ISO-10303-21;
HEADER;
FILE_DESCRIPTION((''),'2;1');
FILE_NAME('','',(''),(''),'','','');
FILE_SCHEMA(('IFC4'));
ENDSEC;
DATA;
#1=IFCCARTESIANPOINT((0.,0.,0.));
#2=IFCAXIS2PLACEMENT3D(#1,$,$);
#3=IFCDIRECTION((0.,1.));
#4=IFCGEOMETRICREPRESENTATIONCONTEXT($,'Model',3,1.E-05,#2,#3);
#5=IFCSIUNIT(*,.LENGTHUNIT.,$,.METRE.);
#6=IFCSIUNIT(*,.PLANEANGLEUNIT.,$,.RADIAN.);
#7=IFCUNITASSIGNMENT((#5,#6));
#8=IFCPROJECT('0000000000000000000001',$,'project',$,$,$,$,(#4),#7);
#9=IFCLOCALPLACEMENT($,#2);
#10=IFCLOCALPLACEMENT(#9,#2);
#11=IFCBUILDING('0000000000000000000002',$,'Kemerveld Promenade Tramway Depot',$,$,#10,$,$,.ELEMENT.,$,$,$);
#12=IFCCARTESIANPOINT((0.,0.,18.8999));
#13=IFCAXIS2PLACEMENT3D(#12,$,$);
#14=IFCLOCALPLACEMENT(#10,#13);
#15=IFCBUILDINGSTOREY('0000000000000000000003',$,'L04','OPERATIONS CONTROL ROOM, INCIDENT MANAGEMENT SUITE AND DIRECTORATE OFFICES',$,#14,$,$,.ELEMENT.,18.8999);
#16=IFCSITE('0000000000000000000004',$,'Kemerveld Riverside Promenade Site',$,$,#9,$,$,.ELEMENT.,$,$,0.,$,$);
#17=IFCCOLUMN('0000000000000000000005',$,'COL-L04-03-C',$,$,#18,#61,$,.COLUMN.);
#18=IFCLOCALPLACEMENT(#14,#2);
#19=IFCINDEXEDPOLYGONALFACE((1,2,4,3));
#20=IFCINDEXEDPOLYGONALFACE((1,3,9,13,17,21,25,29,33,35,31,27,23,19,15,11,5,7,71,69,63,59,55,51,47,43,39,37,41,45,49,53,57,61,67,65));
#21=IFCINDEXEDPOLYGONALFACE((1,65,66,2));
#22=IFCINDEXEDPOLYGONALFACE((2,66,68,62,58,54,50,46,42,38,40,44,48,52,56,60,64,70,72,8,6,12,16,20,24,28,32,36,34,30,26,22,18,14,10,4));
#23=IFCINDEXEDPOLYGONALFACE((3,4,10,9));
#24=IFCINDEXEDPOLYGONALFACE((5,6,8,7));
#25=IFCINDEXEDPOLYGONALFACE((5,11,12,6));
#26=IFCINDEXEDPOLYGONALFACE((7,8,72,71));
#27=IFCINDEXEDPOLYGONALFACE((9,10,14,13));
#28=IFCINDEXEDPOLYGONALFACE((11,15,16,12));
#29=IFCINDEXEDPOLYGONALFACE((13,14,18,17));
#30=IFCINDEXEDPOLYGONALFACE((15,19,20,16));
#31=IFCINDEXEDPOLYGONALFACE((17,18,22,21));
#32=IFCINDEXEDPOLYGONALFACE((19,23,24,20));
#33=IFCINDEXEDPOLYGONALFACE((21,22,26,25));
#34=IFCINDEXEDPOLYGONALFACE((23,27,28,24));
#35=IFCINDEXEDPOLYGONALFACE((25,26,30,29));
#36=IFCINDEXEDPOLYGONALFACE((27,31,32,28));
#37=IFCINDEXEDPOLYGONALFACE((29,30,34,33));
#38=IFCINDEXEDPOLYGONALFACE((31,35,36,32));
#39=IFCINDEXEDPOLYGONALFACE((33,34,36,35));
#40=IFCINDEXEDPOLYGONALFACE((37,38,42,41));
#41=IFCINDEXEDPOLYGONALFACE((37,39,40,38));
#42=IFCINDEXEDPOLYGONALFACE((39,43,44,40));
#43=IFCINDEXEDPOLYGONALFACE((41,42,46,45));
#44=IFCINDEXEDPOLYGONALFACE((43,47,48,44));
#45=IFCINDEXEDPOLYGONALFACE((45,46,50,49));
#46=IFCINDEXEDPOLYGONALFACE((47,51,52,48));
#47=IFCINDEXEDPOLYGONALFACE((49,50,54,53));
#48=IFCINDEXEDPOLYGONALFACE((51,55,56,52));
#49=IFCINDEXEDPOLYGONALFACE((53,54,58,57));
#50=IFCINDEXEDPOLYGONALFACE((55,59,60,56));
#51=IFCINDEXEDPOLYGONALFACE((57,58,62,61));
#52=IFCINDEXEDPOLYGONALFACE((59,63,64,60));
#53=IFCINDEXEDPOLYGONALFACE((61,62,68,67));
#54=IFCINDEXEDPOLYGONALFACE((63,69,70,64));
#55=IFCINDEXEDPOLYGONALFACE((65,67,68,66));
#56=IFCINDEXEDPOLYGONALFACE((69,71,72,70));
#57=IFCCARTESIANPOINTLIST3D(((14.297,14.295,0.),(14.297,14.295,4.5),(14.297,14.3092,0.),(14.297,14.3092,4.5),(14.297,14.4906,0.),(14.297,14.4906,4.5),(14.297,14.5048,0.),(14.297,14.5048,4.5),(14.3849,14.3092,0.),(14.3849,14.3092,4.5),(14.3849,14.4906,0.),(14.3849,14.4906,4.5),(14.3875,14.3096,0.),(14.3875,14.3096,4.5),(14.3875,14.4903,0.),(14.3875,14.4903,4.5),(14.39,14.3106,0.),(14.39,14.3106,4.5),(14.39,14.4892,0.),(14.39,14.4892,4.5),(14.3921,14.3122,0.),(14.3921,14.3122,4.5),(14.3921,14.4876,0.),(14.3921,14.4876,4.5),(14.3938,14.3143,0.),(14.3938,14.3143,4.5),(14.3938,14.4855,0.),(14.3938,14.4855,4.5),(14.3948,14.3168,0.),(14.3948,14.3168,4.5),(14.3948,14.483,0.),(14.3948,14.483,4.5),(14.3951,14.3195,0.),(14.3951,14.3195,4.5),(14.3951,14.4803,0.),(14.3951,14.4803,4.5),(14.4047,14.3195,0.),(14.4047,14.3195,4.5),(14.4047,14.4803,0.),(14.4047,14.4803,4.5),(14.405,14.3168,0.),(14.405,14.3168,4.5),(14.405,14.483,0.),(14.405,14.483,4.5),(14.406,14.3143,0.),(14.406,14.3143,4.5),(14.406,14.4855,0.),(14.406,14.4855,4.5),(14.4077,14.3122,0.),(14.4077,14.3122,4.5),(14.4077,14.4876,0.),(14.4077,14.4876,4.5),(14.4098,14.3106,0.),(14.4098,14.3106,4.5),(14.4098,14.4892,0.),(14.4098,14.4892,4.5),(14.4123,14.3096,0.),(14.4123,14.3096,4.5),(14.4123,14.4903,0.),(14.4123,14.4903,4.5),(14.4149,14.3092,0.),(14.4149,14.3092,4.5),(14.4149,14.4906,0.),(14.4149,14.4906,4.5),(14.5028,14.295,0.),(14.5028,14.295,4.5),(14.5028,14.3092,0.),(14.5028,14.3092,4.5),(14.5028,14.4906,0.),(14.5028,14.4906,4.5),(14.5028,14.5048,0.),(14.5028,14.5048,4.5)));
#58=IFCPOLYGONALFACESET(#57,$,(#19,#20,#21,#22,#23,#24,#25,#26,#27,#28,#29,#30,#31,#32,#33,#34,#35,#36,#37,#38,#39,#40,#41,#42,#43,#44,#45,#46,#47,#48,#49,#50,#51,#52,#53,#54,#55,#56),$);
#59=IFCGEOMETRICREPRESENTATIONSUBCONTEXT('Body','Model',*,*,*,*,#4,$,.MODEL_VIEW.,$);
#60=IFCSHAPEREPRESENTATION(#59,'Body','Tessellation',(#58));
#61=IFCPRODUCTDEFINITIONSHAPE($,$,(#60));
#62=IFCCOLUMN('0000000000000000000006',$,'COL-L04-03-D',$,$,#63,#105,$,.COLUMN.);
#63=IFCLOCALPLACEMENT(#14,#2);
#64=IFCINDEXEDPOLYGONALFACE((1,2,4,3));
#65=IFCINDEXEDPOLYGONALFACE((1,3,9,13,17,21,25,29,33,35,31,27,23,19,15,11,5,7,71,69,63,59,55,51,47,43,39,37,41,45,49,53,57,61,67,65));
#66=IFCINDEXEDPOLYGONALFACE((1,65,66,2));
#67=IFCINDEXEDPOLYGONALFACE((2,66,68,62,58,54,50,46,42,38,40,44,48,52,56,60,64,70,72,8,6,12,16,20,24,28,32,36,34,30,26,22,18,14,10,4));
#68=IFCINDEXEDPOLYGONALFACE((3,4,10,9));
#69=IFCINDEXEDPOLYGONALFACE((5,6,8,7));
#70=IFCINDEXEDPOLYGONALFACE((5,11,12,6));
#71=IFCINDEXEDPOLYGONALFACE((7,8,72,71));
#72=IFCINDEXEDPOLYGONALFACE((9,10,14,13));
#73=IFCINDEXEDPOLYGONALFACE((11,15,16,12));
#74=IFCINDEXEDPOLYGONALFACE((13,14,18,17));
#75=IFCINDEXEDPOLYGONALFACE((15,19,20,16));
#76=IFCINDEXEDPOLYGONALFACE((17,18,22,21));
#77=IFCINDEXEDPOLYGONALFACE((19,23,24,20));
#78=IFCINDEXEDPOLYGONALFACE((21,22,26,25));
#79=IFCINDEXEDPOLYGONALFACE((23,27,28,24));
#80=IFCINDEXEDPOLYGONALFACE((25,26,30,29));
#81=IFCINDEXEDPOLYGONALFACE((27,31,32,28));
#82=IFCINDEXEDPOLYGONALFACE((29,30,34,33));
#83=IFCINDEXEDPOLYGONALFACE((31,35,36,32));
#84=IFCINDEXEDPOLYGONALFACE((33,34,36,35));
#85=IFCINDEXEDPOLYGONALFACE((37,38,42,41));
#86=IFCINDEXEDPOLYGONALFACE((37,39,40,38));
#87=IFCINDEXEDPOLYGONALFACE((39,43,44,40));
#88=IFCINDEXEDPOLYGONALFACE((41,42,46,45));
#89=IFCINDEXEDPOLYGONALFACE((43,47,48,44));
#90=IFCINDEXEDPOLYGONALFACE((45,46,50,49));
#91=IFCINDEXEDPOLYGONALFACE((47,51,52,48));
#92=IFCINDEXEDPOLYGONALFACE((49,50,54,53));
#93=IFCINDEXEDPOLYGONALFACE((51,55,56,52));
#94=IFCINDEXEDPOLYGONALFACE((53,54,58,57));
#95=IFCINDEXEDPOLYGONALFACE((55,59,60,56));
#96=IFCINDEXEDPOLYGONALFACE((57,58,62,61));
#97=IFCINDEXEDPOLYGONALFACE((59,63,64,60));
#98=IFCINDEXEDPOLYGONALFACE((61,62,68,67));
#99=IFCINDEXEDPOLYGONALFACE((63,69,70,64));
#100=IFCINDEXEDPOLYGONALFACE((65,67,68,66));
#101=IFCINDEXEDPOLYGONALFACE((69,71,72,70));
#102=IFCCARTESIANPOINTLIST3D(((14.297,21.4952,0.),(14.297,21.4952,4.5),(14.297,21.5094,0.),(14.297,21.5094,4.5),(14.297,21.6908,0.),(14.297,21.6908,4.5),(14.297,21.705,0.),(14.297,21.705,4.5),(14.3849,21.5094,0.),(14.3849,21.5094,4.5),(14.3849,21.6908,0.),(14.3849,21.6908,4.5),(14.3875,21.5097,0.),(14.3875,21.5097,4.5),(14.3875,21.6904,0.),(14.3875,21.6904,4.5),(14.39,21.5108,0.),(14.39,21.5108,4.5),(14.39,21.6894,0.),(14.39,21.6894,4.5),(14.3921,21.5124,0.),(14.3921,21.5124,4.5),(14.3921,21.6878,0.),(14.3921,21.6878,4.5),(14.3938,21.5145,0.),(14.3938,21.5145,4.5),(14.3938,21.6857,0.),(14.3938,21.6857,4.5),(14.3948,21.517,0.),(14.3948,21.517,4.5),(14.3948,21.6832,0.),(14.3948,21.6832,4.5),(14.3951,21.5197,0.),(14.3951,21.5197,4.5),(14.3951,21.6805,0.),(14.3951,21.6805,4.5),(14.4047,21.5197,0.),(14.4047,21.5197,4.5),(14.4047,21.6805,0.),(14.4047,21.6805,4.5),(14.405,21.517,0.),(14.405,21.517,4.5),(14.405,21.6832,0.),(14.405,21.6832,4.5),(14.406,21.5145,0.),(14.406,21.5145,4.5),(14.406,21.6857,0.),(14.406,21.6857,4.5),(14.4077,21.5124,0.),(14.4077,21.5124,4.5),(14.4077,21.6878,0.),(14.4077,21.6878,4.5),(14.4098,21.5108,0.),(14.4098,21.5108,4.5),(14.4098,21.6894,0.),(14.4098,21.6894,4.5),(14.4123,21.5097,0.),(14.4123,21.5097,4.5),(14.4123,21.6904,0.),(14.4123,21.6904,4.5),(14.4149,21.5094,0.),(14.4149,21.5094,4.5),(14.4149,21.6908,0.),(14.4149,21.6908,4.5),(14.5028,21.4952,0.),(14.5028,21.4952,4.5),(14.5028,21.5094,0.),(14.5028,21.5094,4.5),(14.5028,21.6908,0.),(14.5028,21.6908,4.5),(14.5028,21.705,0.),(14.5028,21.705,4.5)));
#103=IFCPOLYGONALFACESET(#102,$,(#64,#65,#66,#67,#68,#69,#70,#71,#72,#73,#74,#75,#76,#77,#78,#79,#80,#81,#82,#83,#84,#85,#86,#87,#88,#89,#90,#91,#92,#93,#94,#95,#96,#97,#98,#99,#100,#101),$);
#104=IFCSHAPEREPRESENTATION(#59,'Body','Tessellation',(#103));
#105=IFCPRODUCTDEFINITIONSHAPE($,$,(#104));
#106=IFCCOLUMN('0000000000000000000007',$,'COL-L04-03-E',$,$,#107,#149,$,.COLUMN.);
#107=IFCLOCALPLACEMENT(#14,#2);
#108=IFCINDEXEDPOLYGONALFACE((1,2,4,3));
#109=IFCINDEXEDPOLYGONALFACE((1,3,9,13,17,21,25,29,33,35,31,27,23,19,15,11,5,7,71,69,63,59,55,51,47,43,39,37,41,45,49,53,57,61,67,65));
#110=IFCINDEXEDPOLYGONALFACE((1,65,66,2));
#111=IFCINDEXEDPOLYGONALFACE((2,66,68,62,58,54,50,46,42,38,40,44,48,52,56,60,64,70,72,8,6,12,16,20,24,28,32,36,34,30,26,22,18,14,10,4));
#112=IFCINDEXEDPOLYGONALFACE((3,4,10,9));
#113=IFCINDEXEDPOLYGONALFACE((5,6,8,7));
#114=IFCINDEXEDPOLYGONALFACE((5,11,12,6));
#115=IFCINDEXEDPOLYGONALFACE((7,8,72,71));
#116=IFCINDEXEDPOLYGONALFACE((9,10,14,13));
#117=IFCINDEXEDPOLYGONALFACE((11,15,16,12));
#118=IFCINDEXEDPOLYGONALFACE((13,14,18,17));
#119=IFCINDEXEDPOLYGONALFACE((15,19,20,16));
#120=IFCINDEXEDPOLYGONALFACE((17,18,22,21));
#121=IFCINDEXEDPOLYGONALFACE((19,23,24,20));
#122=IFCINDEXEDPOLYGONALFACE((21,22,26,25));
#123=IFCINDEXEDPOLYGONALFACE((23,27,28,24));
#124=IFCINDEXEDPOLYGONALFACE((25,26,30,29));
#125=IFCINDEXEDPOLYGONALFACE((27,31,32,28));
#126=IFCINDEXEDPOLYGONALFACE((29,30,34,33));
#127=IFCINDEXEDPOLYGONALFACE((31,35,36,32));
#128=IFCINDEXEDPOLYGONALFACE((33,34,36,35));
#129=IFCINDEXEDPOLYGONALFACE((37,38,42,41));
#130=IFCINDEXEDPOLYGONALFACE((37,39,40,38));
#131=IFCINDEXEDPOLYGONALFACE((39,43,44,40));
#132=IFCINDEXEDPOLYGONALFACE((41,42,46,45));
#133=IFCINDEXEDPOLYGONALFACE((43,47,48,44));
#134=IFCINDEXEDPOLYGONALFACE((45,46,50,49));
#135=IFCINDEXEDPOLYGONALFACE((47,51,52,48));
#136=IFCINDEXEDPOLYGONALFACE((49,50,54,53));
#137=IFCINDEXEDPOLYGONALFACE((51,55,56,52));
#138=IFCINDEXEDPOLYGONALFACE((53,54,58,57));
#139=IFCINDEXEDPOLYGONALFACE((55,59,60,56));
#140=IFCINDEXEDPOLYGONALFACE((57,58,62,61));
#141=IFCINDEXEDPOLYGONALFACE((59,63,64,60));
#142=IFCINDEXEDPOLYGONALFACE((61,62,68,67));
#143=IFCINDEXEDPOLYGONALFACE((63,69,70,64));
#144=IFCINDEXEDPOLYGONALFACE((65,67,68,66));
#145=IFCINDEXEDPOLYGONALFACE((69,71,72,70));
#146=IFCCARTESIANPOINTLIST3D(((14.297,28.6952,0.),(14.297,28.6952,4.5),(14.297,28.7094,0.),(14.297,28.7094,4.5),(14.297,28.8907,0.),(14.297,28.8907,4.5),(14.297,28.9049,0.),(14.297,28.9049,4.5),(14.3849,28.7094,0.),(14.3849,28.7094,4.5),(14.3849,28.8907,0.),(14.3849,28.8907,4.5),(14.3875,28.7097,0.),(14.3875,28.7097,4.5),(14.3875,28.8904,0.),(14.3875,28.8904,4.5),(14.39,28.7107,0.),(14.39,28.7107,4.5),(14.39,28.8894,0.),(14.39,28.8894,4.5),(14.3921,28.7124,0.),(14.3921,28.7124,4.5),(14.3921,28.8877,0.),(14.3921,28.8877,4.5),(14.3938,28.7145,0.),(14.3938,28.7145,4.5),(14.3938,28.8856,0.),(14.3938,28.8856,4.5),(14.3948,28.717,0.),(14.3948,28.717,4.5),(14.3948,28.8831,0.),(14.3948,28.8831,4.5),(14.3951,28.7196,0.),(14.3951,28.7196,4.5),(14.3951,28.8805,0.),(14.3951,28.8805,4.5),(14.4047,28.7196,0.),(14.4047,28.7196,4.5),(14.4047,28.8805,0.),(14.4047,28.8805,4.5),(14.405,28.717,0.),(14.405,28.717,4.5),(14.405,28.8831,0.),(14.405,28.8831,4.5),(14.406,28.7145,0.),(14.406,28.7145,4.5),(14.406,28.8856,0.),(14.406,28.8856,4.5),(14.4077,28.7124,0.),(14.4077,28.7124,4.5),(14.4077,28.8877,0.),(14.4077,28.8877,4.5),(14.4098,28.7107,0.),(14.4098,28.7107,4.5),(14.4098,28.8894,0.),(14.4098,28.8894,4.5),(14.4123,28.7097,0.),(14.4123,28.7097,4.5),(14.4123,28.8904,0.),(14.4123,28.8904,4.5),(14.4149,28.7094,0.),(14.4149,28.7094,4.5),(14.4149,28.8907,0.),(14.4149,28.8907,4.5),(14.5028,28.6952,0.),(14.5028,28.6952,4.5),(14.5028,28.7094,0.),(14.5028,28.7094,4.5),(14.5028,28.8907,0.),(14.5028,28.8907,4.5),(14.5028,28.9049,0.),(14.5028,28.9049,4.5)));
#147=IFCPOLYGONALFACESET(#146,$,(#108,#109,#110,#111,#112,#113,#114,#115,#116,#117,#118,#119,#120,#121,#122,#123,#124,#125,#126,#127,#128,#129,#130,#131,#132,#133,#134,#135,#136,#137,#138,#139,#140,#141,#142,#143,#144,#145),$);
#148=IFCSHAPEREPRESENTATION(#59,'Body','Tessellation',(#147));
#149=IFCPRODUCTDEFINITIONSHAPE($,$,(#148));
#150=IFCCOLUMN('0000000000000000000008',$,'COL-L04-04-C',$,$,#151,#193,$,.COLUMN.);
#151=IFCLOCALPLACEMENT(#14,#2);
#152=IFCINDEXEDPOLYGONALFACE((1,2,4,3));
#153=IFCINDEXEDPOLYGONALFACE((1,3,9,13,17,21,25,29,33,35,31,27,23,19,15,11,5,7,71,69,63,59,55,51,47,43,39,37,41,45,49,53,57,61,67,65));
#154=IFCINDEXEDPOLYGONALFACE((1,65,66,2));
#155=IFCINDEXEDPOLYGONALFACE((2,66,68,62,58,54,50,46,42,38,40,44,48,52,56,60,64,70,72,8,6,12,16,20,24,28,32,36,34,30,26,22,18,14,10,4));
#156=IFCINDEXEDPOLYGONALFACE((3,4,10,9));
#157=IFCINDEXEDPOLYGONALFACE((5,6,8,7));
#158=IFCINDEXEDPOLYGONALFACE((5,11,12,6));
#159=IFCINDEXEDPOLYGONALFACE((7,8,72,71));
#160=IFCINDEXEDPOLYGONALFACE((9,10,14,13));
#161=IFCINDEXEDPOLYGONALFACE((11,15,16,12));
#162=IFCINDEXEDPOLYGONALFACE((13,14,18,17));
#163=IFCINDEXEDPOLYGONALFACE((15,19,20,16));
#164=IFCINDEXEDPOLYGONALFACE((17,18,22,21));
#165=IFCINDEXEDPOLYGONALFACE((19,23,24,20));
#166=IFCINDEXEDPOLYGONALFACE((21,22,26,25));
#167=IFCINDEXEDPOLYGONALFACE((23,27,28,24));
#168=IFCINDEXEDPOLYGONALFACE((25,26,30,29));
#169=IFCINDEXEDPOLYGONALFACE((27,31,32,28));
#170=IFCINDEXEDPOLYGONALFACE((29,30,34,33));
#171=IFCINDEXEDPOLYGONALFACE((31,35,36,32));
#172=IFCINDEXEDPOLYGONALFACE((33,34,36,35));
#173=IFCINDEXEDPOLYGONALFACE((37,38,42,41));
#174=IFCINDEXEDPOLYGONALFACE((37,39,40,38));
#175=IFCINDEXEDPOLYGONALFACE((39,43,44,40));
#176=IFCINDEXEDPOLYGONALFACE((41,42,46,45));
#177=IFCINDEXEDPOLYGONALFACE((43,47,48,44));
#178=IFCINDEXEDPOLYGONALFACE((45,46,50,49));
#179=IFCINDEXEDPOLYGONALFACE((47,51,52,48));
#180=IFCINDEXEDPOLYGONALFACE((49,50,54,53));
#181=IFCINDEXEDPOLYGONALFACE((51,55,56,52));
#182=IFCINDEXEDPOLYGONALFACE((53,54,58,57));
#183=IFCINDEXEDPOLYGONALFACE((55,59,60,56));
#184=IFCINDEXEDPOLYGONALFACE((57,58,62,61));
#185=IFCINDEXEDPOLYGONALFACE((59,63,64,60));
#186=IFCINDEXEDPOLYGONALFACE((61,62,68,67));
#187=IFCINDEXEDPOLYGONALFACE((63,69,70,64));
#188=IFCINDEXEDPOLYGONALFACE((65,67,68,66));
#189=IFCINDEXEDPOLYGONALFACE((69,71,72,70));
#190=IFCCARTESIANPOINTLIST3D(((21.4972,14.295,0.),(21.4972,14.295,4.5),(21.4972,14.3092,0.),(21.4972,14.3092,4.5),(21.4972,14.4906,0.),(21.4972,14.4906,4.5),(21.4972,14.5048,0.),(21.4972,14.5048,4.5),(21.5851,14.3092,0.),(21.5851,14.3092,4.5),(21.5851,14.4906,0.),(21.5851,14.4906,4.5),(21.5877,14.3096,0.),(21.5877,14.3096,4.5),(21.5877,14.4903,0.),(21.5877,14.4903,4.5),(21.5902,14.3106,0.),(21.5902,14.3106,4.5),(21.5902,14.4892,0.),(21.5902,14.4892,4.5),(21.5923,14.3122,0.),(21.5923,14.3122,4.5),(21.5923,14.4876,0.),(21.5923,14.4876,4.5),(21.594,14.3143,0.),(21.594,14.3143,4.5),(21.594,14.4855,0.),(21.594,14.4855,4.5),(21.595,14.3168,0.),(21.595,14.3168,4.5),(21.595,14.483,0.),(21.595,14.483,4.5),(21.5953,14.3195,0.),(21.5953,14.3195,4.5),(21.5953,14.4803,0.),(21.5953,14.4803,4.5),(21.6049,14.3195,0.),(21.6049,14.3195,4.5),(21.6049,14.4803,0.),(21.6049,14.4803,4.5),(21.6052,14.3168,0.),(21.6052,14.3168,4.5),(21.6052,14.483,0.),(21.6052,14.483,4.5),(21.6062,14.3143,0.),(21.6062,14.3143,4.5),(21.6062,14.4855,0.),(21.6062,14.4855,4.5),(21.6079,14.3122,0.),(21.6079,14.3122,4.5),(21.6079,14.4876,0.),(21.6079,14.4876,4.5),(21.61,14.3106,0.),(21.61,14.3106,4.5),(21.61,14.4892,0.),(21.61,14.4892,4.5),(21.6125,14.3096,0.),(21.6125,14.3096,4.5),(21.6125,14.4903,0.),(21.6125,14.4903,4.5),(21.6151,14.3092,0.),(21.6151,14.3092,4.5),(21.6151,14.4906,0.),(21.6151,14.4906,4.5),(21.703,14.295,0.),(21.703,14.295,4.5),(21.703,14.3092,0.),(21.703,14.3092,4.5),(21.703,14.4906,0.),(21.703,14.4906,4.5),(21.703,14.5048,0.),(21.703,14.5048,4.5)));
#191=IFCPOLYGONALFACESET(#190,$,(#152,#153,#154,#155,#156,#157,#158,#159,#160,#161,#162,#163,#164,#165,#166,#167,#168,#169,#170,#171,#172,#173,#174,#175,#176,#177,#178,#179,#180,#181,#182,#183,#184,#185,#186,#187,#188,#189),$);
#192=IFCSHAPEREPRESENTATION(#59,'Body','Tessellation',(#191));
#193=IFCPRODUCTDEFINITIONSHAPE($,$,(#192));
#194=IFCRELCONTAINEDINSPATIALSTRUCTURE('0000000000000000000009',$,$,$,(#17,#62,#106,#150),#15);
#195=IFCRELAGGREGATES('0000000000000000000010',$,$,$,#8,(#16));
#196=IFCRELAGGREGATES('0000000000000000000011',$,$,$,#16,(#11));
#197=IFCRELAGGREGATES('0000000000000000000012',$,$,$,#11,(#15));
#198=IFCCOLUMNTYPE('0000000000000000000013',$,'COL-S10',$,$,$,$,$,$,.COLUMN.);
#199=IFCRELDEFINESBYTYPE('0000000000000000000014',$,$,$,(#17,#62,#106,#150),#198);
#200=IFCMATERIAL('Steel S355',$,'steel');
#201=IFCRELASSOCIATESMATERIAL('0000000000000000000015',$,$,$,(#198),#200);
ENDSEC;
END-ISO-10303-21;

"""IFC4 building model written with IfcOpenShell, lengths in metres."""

from ifc_helpers import new_model, si_unit, direction, frame, origin, origin_2d, place, context, subcontext, project, spatial, i_section, extrude, material, material_profile, profile_set, type_object, element, save


model = new_model("IFC4")

# Units and contexts
model_context = context("Model", 3, precision=1e-05, world=origin(), true_north=direction((0.0, 1.0)))
body_context = subcontext(model_context, "Body", "Model", "MODEL_VIEW")
ifc_project = project(units=[si_unit("LENGTHUNIT", "METRE"), si_unit("PLANEANGLEUNIT", "RADIAN")], contexts=[model_context])

# Site, building, storey
site_placement = place(None, origin())
site = spatial("IfcSite", under=ifc_project, at=site_placement, Name="Kemerveld Riverside Promenade Site", CompositionType="ELEMENT", RefElevation=0.0)
building_placement = place(site_placement, origin())
building = spatial("IfcBuilding", under=site, at=building_placement, Name="Kemerveld Promenade Tramway Depot", CompositionType="ELEMENT")
storey_placement = place(building_placement, frame((0.0, 0.0, 18.8999)))
storey = spatial("IfcBuildingStorey", under=building, at=storey_placement, Name="L04", Description="OPERATIONS CONTROL ROOM, INCIDENT MANAGEMENT SUITE AND DIRECTORATE OFFICES", CompositionType="ELEMENT", Elevation=18.8999)

# Columns
ifc_material_1 = material(Name="Steel S355", Category="steel")
ifc_material_profile_1 = material_profile(ifc_material_1, i_section(OverallWidth=0.2058, OverallDepth=0.2097, WebThickness=0.0095, FlangeThickness=0.0142, FilletRadius=0.0103, at=origin_2d()), Name="203x203x60 UC")
ifc_profile_set_1 = profile_set([ifc_material_profile_1], Name="Steel S355")
column_type = type_object("IfcColumnType", Name="COL-S10", PredefinedType="COLUMN", material=ifc_profile_set_1)
for number, where, z_axis, x_axis, name in (
    (1, (14.3999, 14.3999, 0.0), (0.0, 0.0, 1.0), (1.0, 0.0, 0.0), "COL-L04-03-C"),
    (2, (14.3999, 21.6001, 0.0), (0.0, 0.0, 1.0), (1.0, 0.0, 0.0), "COL-L04-03-D"),
    (3, (14.3999, 28.8, 0.0), (0.0, 0.0, 1.0), (1.0, 0.0, 0.0), "COL-L04-03-E"),
    (4, (21.6001, 14.3999, 0.0), (0.0, 0.0, 1.0), (1.0, 0.0, 0.0), "COL-L04-04-C"),
):
    element("IfcColumn", number, at=place(storey_placement, frame(where, z_axis=z_axis, x_axis=x_axis)), inside=storey, type_object=column_type, Name=name, PredefinedType="COLUMN", context=body_context, shape_type="SweptSolid", body=[
        extrude(i_section(OverallWidth=0.2058, OverallDepth=0.2097, WebThickness=0.0095, FlangeThickness=0.0142, FilletRadius=0.0103, at=origin_2d()), origin(), (0.0, 0.0, 1.0), 4.5),
    ])

save(model, "model.ifc")
